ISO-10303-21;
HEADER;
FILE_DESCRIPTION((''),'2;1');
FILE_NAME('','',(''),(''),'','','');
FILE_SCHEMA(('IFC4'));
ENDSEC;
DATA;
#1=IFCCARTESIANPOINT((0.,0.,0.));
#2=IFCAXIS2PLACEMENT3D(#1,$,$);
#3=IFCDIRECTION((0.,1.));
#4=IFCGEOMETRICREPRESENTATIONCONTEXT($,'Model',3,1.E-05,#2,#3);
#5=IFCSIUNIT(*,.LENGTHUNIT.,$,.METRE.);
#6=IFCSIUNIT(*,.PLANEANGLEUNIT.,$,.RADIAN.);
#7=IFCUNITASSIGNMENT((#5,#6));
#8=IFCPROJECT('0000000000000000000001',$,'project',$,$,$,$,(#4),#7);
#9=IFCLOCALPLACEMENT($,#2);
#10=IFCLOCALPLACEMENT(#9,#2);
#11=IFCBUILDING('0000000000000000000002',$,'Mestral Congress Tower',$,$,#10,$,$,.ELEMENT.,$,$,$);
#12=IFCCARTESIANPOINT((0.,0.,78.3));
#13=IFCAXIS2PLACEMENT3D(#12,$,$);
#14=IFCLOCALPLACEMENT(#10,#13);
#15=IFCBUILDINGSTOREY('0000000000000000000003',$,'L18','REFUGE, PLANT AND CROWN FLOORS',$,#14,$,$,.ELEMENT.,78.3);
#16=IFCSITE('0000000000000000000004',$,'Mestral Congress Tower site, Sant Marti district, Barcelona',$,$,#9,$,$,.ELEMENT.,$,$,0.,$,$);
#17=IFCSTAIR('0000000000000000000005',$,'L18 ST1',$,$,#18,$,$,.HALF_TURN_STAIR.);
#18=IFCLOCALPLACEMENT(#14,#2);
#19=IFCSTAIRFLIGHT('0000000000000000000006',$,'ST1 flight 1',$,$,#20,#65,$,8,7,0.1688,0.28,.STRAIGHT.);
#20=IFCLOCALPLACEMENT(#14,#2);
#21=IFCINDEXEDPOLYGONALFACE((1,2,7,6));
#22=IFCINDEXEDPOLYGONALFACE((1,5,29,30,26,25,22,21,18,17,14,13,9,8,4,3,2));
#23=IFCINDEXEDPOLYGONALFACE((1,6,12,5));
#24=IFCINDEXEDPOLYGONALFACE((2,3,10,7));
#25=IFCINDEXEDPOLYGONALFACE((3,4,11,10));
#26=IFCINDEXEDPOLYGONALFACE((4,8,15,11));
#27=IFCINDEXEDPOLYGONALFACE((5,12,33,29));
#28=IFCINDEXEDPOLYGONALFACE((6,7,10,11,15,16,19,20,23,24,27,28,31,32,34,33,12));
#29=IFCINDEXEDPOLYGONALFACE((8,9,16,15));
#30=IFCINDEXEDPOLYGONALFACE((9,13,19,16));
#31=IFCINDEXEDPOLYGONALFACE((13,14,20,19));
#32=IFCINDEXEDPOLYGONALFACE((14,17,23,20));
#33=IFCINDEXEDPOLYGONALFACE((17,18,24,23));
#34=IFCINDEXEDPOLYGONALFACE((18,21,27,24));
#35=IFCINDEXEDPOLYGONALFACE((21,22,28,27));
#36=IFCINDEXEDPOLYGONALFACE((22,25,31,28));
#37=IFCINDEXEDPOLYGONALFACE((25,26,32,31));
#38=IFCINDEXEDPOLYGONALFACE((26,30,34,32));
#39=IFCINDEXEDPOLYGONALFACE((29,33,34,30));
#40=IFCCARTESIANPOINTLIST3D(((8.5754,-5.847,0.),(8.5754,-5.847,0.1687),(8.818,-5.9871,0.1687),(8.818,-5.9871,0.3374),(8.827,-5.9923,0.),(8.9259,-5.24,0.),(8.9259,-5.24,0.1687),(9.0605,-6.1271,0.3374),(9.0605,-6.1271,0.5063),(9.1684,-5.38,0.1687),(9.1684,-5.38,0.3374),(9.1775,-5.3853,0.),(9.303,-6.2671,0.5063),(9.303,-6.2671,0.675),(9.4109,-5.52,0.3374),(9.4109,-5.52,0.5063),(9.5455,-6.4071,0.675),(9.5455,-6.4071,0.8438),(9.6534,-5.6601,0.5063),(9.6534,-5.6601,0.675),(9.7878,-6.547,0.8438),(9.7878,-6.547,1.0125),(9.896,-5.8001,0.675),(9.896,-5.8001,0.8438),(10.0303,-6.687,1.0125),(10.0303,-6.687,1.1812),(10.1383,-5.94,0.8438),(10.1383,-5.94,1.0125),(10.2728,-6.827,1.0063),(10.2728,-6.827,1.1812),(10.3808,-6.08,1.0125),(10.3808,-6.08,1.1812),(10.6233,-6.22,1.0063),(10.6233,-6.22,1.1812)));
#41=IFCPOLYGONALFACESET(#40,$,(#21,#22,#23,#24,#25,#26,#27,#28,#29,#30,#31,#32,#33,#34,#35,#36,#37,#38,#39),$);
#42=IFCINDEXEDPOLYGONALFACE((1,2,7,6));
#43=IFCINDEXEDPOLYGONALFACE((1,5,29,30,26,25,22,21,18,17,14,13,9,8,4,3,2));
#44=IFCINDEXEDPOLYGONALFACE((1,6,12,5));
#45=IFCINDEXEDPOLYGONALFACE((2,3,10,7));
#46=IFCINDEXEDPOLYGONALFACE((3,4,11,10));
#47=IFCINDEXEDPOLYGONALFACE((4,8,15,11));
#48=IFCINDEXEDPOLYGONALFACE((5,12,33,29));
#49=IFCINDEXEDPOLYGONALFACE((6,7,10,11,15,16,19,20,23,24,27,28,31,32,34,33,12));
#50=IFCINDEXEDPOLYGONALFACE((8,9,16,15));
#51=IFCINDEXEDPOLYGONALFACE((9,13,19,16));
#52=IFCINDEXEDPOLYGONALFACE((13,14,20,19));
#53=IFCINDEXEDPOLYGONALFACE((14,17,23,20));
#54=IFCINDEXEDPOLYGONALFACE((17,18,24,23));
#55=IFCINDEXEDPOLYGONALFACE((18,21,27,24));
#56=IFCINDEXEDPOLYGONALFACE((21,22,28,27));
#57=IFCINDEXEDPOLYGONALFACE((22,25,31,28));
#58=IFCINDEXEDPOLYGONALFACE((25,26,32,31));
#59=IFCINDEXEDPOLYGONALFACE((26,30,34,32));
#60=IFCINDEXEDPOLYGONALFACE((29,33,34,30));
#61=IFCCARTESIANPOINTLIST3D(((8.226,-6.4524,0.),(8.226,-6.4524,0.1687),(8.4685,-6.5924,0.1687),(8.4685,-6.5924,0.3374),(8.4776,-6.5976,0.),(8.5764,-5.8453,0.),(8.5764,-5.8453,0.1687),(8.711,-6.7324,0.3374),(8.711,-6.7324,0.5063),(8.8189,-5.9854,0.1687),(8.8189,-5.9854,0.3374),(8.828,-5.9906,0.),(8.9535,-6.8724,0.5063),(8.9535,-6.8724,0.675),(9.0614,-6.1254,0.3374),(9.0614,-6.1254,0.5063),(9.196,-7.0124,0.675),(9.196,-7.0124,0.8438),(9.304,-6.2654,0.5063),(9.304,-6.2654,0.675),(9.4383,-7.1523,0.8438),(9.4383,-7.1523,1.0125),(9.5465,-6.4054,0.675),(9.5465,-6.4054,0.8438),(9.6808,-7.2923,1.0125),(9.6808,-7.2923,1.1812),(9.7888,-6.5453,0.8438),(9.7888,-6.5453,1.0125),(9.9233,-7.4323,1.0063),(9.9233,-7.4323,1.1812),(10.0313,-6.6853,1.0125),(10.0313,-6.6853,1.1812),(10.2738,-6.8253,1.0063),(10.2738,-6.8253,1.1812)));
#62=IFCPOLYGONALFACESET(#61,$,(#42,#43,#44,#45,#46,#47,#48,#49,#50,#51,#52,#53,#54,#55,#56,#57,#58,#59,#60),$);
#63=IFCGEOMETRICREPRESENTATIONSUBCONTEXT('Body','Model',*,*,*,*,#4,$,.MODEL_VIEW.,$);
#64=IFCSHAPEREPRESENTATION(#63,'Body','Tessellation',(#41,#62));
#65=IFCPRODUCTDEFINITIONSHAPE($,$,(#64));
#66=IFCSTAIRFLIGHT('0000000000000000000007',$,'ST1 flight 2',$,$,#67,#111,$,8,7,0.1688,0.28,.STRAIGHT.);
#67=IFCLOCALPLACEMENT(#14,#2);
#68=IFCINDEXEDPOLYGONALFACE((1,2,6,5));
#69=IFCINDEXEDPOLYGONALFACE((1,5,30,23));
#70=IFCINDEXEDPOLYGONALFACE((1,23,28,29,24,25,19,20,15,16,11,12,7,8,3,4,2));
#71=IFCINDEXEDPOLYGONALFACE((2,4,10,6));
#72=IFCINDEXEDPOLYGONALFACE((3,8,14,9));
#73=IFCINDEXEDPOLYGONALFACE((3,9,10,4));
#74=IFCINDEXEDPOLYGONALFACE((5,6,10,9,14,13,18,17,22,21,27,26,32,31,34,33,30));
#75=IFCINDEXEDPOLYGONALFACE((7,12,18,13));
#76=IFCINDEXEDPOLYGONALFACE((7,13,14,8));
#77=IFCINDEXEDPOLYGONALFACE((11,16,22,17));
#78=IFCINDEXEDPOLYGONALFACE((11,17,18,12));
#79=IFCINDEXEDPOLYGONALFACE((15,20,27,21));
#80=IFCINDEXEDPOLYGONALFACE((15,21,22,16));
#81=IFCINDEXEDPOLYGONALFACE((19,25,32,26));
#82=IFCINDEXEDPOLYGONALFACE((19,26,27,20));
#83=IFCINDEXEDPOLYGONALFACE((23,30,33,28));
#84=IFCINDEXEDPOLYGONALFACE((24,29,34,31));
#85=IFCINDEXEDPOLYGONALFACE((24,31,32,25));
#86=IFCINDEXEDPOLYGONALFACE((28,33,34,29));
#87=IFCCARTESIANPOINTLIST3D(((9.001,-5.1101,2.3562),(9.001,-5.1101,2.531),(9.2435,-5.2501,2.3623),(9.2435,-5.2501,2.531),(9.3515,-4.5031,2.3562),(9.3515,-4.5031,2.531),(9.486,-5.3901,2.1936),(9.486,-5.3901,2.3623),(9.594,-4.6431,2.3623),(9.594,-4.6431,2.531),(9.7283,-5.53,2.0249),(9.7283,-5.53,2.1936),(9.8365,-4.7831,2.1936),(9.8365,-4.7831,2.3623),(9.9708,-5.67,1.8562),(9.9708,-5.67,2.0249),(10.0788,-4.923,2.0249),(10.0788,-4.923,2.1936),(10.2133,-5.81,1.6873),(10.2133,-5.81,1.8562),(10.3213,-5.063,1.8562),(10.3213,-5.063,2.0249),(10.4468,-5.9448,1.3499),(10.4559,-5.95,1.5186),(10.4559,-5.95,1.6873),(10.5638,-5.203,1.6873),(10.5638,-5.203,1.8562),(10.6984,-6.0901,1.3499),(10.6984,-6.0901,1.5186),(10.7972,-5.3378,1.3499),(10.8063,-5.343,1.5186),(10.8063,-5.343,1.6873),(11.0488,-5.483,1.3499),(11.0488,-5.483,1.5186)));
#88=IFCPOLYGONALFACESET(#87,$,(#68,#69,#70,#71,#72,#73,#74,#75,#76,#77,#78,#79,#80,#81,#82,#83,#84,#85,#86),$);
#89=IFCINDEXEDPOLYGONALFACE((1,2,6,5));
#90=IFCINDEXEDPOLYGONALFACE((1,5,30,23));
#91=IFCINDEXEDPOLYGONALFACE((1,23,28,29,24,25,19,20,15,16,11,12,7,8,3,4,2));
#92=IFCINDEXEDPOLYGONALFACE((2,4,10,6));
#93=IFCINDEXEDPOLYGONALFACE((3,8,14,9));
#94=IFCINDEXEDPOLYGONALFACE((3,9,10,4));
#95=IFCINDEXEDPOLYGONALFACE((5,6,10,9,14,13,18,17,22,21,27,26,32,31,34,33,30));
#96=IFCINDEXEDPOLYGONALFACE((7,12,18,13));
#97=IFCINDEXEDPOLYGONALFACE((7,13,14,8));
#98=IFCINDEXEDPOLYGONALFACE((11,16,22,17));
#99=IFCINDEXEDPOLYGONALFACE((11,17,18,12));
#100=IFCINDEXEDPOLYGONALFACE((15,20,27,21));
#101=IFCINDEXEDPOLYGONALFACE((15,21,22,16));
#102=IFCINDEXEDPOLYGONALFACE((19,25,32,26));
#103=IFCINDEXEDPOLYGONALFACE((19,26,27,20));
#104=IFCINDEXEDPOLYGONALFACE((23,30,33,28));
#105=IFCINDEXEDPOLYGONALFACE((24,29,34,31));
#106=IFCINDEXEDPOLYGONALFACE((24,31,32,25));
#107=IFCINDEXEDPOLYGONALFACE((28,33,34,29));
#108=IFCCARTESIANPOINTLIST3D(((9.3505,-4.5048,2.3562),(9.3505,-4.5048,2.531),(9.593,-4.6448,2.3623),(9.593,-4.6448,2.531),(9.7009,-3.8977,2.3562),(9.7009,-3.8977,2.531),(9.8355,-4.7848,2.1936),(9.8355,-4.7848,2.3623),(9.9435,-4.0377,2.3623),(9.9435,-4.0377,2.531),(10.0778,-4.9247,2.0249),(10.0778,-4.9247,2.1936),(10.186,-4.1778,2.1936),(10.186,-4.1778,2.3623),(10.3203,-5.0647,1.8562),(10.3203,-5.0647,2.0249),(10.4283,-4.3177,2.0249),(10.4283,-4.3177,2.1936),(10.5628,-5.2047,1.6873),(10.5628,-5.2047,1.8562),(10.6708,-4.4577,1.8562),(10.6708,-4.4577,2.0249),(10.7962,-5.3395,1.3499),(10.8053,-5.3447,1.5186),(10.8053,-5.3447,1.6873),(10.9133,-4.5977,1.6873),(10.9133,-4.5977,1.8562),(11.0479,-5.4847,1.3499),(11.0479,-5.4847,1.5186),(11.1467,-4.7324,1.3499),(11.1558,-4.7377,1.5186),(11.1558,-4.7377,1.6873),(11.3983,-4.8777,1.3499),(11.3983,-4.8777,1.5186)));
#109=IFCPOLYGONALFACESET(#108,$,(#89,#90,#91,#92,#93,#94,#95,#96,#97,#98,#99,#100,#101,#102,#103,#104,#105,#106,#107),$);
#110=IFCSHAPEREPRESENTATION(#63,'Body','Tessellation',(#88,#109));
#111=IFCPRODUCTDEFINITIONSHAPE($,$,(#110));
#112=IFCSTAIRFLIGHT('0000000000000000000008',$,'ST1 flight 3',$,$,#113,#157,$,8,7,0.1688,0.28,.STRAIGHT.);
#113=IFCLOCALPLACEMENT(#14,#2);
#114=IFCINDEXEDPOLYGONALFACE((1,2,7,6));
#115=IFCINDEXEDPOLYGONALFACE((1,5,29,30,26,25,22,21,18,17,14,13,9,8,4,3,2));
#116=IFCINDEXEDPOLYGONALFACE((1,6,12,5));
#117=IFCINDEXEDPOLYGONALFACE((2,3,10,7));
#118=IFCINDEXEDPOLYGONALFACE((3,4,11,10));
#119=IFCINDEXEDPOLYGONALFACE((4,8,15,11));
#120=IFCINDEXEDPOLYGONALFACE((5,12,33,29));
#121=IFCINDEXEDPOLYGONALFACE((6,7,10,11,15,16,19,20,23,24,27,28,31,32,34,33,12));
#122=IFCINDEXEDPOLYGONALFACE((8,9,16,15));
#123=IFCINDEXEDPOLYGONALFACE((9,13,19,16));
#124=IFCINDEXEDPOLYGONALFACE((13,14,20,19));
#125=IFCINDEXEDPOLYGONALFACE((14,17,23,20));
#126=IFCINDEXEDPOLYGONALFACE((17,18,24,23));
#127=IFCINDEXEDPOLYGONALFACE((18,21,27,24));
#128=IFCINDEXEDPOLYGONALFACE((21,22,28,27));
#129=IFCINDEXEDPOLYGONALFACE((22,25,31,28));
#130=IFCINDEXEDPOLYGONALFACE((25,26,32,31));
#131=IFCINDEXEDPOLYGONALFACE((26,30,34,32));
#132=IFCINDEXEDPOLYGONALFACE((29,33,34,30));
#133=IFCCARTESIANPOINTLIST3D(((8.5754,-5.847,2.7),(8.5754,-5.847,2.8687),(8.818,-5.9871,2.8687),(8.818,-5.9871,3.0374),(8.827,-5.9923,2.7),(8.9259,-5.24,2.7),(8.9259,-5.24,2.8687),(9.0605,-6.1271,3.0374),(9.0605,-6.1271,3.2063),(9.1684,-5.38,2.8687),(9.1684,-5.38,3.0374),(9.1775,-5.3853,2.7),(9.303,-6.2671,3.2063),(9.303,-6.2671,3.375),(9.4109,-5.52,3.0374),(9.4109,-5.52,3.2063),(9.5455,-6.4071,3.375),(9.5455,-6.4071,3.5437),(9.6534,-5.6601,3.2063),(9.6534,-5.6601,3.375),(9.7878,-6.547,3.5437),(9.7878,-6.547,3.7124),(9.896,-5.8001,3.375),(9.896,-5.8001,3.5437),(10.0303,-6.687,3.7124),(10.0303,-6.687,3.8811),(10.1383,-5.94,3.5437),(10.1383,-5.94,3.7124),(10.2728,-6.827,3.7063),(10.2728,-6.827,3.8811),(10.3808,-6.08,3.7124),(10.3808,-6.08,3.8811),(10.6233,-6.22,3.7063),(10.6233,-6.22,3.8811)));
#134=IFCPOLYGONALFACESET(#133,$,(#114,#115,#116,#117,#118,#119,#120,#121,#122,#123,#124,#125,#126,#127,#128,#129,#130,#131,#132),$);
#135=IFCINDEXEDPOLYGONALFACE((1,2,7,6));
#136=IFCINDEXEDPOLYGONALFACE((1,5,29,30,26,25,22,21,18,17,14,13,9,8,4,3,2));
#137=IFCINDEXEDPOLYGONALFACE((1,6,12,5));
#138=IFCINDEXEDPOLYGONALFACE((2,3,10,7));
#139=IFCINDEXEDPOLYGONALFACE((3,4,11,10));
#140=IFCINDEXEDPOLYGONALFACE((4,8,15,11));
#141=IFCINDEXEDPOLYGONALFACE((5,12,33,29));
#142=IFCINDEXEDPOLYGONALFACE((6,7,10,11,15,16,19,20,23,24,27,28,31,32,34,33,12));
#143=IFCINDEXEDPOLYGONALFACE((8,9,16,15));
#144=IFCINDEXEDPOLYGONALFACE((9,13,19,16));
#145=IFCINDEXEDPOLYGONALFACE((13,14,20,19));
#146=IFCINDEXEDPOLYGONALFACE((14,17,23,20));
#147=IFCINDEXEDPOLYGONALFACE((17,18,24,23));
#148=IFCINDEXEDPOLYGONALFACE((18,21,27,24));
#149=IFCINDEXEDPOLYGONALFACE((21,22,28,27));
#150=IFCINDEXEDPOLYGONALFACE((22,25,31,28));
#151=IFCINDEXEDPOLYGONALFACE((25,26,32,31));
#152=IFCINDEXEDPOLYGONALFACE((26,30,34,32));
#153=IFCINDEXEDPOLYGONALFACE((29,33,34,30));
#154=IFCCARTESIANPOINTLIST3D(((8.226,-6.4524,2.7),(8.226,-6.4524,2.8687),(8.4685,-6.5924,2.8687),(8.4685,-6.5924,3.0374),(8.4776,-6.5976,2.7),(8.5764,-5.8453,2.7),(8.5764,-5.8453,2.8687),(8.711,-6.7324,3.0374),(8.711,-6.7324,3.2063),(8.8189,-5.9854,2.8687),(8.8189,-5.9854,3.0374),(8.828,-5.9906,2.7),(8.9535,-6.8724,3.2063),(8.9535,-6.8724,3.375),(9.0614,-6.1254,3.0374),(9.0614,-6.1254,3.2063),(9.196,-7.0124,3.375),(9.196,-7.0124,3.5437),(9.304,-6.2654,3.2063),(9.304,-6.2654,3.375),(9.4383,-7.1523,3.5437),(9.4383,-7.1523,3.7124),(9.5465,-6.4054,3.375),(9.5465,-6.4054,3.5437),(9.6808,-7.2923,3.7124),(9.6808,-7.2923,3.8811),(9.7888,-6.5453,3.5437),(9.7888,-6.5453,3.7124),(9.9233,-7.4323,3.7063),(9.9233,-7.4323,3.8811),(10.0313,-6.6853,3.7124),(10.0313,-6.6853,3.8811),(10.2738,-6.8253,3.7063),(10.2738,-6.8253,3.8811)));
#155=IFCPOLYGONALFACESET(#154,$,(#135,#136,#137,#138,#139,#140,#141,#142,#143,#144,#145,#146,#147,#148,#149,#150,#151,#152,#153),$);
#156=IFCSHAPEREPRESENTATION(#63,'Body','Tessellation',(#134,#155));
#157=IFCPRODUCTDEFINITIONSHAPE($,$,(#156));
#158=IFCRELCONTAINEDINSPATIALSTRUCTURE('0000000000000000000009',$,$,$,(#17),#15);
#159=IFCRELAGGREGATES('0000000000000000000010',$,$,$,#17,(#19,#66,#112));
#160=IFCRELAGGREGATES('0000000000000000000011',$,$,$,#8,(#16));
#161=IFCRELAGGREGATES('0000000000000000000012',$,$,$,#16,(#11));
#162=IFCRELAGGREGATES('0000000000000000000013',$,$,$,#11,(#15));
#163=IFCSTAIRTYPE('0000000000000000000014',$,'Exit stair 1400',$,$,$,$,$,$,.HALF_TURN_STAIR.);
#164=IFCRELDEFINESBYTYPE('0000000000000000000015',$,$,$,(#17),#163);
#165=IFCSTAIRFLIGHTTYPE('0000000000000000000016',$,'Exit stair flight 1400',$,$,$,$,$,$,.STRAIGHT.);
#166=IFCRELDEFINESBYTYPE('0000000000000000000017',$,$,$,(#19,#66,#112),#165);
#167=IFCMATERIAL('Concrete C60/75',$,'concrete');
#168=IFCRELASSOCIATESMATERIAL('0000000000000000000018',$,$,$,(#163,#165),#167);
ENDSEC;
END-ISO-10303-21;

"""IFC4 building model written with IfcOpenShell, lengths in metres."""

from ifc_helpers import new_model, si_unit, direction, frame, origin, place, context, subcontext, project, spatial, polyline, outline, extrude, material, type_object, element, aggregate, save


model = new_model("IFC4")

# Units and contexts
model_context = context("Model", 3, precision=1e-05, world=origin(), true_north=direction((0.0, 1.0)))
body_context = subcontext(model_context, "Body", "Model", "MODEL_VIEW")
ifc_project = project(units=[si_unit("LENGTHUNIT", "METRE"), si_unit("PLANEANGLEUNIT", "RADIAN")], contexts=[model_context])

# Site, building, storey
site_placement = place(None, origin())
site = spatial("IfcSite", under=ifc_project, at=site_placement, Name="Mestral Congress Tower site, Sant Marti district, Barcelona", CompositionType="ELEMENT", RefElevation=0.0)
building_placement = place(site_placement, origin())
building = spatial("IfcBuilding", under=site, at=building_placement, Name="Mestral Congress Tower", CompositionType="ELEMENT")
storey_placement = place(building_placement, frame((0.0, 0.0, 78.3)))
storey = spatial("IfcBuildingStorey", under=building, at=storey_placement, Name="L18", Description="REFUGE, PLANT AND CROWN FLOORS", CompositionType="ELEMENT", Elevation=78.3)

# Shared definitions
ifc_material_1 = material(Name="Concrete C60/75", Category="concrete")

# Stair, stair flights
stair_type = type_object("IfcStairType", Name="Exit stair 1400", PredefinedType="HALF_TURN_STAIR", material=ifc_material_1)
stair_placement = place(storey_placement, origin())
stair = element("IfcStair", 1, at=stair_placement, inside=storey, type_object=stair_type, Name="L18 ST1", PredefinedType="HALF_TURN_STAIR")
stair_flight_type = type_object("IfcStairFlightType", Name="Exit stair flight 1400", PredefinedType="STRAIGHT", material=ifc_material_1)
stair_flight_1_placement = place(storey_placement, frame((8.5759, -5.8462, 0.0), z_axis=(0.0, 0.0, 1.0), x_axis=(0.866025, -0.5, 0.0)))
stair_flight_1 = element("IfcStairFlight", 2, at=stair_flight_1_placement, type_object=stair_flight_type, Name="ST1 flight 1", NumberOfRisers=8, NumberOfTreads=7, PredefinedType="STRAIGHT", RiserHeight=0.1688, TreadLength=0.28, context=body_context, shape_type="SweptSolid", body=[
    extrude(outline(polyline([(0.0, 0.0), (0.0, 0.1687), (0.28, 0.1687), (0.28, 0.3374), (0.5601, 0.3374), (0.5601, 0.5063), (0.8401, 0.5063), (0.8401, 0.675), (1.1201, 0.675), (1.1201, 0.8438), (1.3999, 0.8438), (1.3999, 1.0125), (1.6799, 1.0125), (1.6799, 1.1812), (1.96, 1.1812), (1.96, 1.3501), (1.96, 1.0063), (0.2905, 0.0), (0.0, 0.0)])), frame((0.0, 0.7, 0.0), z_axis=(0.0, -1.0, 0.0), x_axis=(1.0, 0.0, 0.0)), (0.0, 0.0, 1.0), 0.7009),
    extrude(outline(polyline([(0.0, 0.0), (0.0, 0.1687), (0.28, 0.1687), (0.28, 0.3374), (0.5601, 0.3374), (0.5601, 0.5063), (0.8401, 0.5063), (0.8401, 0.675), (1.1201, 0.675), (1.1201, 0.8438), (1.3999, 0.8438), (1.3999, 1.0125), (1.6799, 1.0125), (1.6799, 1.1812), (1.96, 1.1812), (1.96, 1.3501), (1.96, 1.0063), (0.2905, 0.0), (0.0, 0.0)])), frame((0.0, 0.001, 0.0), z_axis=(0.0, -1.0, 0.0), x_axis=(1.0, 0.0, 0.0)), (0.0, 0.0, 1.0), 0.7009),
])
stair_flight_2_placement = place(storey_placement, frame((11.0483, -5.4839, 1.3499), z_axis=(0.0, 0.0, 1.0), x_axis=(-0.866025, 0.5, 0.0)))
stair_flight_2 = element("IfcStairFlight", 3, at=stair_flight_2_placement, type_object=stair_flight_type, Name="ST1 flight 2", NumberOfRisers=8, NumberOfTreads=7, PredefinedType="STRAIGHT", RiserHeight=0.1688, TreadLength=0.28, context=body_context, shape_type="SweptSolid", body=[
    extrude(outline(polyline([(0.0, 0.0), (0.0, 0.1687), (0.28, 0.1687), (0.28, 0.3374), (0.5601, 0.3374), (0.5601, 0.5063), (0.8401, 0.5063), (0.8401, 0.675), (1.1201, 0.675), (1.1201, 0.8438), (1.3999, 0.8438), (1.3999, 1.0125), (1.6799, 1.0125), (1.6799, 1.1812), (1.96, 1.1812), (1.96, 1.3501), (1.96, 1.0063), (0.2905, 0.0), (0.0, 0.0)])), frame((0.0, 0.7, 0.0), z_axis=(0.0, -1.0, 0.0), x_axis=(1.0, 0.0, 0.0)), (0.0, 0.0, 1.0), 0.7009),
    extrude(outline(polyline([(0.0, 0.0), (0.0, 0.1687), (0.28, 0.1687), (0.28, 0.3374), (0.5601, 0.3374), (0.5601, 0.5063), (0.8401, 0.5063), (0.8401, 0.675), (1.1201, 0.675), (1.1201, 0.8438), (1.3999, 0.8438), (1.3999, 1.0125), (1.6799, 1.0125), (1.6799, 1.1812), (1.96, 1.1812), (1.96, 1.3501), (1.96, 1.0063), (0.2905, 0.0), (0.0, 0.0)])), frame((0.0, 0.001, 0.0), z_axis=(0.0, -1.0, 0.0), x_axis=(1.0, 0.0, 0.0)), (0.0, 0.0, 1.0), 0.7009),
])
stair_flight_3_placement = place(storey_placement, frame((8.5759, -5.8462, 2.7), z_axis=(0.0, 0.0, 1.0), x_axis=(0.866025, -0.5, 0.0)))
stair_flight_3 = element("IfcStairFlight", 4, at=stair_flight_3_placement, type_object=stair_flight_type, Name="ST1 flight 3", NumberOfRisers=8, NumberOfTreads=7, PredefinedType="STRAIGHT", RiserHeight=0.1688, TreadLength=0.28, context=body_context, shape_type="SweptSolid", body=[
    extrude(outline(polyline([(0.0, 0.0), (0.0, 0.1687), (0.28, 0.1687), (0.28, 0.3374), (0.5601, 0.3374), (0.5601, 0.5063), (0.8401, 0.5063), (0.8401, 0.675), (1.1201, 0.675), (1.1201, 0.8438), (1.3999, 0.8438), (1.3999, 1.0125), (1.6799, 1.0125), (1.6799, 1.1812), (1.96, 1.1812), (1.96, 1.3501), (1.96, 1.0063), (0.2905, 0.0), (0.0, 0.0)])), frame((0.0, 0.7, 0.0), z_axis=(0.0, -1.0, 0.0), x_axis=(1.0, 0.0, 0.0)), (0.0, 0.0, 1.0), 0.7009),
    extrude(outline(polyline([(0.0, 0.0), (0.0, 0.1687), (0.28, 0.1687), (0.28, 0.3374), (0.5601, 0.3374), (0.5601, 0.5063), (0.8401, 0.5063), (0.8401, 0.675), (1.1201, 0.675), (1.1201, 0.8438), (1.3999, 0.8438), (1.3999, 1.0125), (1.6799, 1.0125), (1.6799, 1.1812), (1.96, 1.1812), (1.96, 1.3501), (1.96, 1.0063), (0.2905, 0.0), (0.0, 0.0)])), frame((0.0, 0.001, 0.0), z_axis=(0.0, -1.0, 0.0), x_axis=(1.0, 0.0, 0.0)), (0.0, 0.0, 1.0), 0.7009),
])
aggregate(stair, [stair_flight_1, stair_flight_2, stair_flight_3])

save(model, "model.ifc")
